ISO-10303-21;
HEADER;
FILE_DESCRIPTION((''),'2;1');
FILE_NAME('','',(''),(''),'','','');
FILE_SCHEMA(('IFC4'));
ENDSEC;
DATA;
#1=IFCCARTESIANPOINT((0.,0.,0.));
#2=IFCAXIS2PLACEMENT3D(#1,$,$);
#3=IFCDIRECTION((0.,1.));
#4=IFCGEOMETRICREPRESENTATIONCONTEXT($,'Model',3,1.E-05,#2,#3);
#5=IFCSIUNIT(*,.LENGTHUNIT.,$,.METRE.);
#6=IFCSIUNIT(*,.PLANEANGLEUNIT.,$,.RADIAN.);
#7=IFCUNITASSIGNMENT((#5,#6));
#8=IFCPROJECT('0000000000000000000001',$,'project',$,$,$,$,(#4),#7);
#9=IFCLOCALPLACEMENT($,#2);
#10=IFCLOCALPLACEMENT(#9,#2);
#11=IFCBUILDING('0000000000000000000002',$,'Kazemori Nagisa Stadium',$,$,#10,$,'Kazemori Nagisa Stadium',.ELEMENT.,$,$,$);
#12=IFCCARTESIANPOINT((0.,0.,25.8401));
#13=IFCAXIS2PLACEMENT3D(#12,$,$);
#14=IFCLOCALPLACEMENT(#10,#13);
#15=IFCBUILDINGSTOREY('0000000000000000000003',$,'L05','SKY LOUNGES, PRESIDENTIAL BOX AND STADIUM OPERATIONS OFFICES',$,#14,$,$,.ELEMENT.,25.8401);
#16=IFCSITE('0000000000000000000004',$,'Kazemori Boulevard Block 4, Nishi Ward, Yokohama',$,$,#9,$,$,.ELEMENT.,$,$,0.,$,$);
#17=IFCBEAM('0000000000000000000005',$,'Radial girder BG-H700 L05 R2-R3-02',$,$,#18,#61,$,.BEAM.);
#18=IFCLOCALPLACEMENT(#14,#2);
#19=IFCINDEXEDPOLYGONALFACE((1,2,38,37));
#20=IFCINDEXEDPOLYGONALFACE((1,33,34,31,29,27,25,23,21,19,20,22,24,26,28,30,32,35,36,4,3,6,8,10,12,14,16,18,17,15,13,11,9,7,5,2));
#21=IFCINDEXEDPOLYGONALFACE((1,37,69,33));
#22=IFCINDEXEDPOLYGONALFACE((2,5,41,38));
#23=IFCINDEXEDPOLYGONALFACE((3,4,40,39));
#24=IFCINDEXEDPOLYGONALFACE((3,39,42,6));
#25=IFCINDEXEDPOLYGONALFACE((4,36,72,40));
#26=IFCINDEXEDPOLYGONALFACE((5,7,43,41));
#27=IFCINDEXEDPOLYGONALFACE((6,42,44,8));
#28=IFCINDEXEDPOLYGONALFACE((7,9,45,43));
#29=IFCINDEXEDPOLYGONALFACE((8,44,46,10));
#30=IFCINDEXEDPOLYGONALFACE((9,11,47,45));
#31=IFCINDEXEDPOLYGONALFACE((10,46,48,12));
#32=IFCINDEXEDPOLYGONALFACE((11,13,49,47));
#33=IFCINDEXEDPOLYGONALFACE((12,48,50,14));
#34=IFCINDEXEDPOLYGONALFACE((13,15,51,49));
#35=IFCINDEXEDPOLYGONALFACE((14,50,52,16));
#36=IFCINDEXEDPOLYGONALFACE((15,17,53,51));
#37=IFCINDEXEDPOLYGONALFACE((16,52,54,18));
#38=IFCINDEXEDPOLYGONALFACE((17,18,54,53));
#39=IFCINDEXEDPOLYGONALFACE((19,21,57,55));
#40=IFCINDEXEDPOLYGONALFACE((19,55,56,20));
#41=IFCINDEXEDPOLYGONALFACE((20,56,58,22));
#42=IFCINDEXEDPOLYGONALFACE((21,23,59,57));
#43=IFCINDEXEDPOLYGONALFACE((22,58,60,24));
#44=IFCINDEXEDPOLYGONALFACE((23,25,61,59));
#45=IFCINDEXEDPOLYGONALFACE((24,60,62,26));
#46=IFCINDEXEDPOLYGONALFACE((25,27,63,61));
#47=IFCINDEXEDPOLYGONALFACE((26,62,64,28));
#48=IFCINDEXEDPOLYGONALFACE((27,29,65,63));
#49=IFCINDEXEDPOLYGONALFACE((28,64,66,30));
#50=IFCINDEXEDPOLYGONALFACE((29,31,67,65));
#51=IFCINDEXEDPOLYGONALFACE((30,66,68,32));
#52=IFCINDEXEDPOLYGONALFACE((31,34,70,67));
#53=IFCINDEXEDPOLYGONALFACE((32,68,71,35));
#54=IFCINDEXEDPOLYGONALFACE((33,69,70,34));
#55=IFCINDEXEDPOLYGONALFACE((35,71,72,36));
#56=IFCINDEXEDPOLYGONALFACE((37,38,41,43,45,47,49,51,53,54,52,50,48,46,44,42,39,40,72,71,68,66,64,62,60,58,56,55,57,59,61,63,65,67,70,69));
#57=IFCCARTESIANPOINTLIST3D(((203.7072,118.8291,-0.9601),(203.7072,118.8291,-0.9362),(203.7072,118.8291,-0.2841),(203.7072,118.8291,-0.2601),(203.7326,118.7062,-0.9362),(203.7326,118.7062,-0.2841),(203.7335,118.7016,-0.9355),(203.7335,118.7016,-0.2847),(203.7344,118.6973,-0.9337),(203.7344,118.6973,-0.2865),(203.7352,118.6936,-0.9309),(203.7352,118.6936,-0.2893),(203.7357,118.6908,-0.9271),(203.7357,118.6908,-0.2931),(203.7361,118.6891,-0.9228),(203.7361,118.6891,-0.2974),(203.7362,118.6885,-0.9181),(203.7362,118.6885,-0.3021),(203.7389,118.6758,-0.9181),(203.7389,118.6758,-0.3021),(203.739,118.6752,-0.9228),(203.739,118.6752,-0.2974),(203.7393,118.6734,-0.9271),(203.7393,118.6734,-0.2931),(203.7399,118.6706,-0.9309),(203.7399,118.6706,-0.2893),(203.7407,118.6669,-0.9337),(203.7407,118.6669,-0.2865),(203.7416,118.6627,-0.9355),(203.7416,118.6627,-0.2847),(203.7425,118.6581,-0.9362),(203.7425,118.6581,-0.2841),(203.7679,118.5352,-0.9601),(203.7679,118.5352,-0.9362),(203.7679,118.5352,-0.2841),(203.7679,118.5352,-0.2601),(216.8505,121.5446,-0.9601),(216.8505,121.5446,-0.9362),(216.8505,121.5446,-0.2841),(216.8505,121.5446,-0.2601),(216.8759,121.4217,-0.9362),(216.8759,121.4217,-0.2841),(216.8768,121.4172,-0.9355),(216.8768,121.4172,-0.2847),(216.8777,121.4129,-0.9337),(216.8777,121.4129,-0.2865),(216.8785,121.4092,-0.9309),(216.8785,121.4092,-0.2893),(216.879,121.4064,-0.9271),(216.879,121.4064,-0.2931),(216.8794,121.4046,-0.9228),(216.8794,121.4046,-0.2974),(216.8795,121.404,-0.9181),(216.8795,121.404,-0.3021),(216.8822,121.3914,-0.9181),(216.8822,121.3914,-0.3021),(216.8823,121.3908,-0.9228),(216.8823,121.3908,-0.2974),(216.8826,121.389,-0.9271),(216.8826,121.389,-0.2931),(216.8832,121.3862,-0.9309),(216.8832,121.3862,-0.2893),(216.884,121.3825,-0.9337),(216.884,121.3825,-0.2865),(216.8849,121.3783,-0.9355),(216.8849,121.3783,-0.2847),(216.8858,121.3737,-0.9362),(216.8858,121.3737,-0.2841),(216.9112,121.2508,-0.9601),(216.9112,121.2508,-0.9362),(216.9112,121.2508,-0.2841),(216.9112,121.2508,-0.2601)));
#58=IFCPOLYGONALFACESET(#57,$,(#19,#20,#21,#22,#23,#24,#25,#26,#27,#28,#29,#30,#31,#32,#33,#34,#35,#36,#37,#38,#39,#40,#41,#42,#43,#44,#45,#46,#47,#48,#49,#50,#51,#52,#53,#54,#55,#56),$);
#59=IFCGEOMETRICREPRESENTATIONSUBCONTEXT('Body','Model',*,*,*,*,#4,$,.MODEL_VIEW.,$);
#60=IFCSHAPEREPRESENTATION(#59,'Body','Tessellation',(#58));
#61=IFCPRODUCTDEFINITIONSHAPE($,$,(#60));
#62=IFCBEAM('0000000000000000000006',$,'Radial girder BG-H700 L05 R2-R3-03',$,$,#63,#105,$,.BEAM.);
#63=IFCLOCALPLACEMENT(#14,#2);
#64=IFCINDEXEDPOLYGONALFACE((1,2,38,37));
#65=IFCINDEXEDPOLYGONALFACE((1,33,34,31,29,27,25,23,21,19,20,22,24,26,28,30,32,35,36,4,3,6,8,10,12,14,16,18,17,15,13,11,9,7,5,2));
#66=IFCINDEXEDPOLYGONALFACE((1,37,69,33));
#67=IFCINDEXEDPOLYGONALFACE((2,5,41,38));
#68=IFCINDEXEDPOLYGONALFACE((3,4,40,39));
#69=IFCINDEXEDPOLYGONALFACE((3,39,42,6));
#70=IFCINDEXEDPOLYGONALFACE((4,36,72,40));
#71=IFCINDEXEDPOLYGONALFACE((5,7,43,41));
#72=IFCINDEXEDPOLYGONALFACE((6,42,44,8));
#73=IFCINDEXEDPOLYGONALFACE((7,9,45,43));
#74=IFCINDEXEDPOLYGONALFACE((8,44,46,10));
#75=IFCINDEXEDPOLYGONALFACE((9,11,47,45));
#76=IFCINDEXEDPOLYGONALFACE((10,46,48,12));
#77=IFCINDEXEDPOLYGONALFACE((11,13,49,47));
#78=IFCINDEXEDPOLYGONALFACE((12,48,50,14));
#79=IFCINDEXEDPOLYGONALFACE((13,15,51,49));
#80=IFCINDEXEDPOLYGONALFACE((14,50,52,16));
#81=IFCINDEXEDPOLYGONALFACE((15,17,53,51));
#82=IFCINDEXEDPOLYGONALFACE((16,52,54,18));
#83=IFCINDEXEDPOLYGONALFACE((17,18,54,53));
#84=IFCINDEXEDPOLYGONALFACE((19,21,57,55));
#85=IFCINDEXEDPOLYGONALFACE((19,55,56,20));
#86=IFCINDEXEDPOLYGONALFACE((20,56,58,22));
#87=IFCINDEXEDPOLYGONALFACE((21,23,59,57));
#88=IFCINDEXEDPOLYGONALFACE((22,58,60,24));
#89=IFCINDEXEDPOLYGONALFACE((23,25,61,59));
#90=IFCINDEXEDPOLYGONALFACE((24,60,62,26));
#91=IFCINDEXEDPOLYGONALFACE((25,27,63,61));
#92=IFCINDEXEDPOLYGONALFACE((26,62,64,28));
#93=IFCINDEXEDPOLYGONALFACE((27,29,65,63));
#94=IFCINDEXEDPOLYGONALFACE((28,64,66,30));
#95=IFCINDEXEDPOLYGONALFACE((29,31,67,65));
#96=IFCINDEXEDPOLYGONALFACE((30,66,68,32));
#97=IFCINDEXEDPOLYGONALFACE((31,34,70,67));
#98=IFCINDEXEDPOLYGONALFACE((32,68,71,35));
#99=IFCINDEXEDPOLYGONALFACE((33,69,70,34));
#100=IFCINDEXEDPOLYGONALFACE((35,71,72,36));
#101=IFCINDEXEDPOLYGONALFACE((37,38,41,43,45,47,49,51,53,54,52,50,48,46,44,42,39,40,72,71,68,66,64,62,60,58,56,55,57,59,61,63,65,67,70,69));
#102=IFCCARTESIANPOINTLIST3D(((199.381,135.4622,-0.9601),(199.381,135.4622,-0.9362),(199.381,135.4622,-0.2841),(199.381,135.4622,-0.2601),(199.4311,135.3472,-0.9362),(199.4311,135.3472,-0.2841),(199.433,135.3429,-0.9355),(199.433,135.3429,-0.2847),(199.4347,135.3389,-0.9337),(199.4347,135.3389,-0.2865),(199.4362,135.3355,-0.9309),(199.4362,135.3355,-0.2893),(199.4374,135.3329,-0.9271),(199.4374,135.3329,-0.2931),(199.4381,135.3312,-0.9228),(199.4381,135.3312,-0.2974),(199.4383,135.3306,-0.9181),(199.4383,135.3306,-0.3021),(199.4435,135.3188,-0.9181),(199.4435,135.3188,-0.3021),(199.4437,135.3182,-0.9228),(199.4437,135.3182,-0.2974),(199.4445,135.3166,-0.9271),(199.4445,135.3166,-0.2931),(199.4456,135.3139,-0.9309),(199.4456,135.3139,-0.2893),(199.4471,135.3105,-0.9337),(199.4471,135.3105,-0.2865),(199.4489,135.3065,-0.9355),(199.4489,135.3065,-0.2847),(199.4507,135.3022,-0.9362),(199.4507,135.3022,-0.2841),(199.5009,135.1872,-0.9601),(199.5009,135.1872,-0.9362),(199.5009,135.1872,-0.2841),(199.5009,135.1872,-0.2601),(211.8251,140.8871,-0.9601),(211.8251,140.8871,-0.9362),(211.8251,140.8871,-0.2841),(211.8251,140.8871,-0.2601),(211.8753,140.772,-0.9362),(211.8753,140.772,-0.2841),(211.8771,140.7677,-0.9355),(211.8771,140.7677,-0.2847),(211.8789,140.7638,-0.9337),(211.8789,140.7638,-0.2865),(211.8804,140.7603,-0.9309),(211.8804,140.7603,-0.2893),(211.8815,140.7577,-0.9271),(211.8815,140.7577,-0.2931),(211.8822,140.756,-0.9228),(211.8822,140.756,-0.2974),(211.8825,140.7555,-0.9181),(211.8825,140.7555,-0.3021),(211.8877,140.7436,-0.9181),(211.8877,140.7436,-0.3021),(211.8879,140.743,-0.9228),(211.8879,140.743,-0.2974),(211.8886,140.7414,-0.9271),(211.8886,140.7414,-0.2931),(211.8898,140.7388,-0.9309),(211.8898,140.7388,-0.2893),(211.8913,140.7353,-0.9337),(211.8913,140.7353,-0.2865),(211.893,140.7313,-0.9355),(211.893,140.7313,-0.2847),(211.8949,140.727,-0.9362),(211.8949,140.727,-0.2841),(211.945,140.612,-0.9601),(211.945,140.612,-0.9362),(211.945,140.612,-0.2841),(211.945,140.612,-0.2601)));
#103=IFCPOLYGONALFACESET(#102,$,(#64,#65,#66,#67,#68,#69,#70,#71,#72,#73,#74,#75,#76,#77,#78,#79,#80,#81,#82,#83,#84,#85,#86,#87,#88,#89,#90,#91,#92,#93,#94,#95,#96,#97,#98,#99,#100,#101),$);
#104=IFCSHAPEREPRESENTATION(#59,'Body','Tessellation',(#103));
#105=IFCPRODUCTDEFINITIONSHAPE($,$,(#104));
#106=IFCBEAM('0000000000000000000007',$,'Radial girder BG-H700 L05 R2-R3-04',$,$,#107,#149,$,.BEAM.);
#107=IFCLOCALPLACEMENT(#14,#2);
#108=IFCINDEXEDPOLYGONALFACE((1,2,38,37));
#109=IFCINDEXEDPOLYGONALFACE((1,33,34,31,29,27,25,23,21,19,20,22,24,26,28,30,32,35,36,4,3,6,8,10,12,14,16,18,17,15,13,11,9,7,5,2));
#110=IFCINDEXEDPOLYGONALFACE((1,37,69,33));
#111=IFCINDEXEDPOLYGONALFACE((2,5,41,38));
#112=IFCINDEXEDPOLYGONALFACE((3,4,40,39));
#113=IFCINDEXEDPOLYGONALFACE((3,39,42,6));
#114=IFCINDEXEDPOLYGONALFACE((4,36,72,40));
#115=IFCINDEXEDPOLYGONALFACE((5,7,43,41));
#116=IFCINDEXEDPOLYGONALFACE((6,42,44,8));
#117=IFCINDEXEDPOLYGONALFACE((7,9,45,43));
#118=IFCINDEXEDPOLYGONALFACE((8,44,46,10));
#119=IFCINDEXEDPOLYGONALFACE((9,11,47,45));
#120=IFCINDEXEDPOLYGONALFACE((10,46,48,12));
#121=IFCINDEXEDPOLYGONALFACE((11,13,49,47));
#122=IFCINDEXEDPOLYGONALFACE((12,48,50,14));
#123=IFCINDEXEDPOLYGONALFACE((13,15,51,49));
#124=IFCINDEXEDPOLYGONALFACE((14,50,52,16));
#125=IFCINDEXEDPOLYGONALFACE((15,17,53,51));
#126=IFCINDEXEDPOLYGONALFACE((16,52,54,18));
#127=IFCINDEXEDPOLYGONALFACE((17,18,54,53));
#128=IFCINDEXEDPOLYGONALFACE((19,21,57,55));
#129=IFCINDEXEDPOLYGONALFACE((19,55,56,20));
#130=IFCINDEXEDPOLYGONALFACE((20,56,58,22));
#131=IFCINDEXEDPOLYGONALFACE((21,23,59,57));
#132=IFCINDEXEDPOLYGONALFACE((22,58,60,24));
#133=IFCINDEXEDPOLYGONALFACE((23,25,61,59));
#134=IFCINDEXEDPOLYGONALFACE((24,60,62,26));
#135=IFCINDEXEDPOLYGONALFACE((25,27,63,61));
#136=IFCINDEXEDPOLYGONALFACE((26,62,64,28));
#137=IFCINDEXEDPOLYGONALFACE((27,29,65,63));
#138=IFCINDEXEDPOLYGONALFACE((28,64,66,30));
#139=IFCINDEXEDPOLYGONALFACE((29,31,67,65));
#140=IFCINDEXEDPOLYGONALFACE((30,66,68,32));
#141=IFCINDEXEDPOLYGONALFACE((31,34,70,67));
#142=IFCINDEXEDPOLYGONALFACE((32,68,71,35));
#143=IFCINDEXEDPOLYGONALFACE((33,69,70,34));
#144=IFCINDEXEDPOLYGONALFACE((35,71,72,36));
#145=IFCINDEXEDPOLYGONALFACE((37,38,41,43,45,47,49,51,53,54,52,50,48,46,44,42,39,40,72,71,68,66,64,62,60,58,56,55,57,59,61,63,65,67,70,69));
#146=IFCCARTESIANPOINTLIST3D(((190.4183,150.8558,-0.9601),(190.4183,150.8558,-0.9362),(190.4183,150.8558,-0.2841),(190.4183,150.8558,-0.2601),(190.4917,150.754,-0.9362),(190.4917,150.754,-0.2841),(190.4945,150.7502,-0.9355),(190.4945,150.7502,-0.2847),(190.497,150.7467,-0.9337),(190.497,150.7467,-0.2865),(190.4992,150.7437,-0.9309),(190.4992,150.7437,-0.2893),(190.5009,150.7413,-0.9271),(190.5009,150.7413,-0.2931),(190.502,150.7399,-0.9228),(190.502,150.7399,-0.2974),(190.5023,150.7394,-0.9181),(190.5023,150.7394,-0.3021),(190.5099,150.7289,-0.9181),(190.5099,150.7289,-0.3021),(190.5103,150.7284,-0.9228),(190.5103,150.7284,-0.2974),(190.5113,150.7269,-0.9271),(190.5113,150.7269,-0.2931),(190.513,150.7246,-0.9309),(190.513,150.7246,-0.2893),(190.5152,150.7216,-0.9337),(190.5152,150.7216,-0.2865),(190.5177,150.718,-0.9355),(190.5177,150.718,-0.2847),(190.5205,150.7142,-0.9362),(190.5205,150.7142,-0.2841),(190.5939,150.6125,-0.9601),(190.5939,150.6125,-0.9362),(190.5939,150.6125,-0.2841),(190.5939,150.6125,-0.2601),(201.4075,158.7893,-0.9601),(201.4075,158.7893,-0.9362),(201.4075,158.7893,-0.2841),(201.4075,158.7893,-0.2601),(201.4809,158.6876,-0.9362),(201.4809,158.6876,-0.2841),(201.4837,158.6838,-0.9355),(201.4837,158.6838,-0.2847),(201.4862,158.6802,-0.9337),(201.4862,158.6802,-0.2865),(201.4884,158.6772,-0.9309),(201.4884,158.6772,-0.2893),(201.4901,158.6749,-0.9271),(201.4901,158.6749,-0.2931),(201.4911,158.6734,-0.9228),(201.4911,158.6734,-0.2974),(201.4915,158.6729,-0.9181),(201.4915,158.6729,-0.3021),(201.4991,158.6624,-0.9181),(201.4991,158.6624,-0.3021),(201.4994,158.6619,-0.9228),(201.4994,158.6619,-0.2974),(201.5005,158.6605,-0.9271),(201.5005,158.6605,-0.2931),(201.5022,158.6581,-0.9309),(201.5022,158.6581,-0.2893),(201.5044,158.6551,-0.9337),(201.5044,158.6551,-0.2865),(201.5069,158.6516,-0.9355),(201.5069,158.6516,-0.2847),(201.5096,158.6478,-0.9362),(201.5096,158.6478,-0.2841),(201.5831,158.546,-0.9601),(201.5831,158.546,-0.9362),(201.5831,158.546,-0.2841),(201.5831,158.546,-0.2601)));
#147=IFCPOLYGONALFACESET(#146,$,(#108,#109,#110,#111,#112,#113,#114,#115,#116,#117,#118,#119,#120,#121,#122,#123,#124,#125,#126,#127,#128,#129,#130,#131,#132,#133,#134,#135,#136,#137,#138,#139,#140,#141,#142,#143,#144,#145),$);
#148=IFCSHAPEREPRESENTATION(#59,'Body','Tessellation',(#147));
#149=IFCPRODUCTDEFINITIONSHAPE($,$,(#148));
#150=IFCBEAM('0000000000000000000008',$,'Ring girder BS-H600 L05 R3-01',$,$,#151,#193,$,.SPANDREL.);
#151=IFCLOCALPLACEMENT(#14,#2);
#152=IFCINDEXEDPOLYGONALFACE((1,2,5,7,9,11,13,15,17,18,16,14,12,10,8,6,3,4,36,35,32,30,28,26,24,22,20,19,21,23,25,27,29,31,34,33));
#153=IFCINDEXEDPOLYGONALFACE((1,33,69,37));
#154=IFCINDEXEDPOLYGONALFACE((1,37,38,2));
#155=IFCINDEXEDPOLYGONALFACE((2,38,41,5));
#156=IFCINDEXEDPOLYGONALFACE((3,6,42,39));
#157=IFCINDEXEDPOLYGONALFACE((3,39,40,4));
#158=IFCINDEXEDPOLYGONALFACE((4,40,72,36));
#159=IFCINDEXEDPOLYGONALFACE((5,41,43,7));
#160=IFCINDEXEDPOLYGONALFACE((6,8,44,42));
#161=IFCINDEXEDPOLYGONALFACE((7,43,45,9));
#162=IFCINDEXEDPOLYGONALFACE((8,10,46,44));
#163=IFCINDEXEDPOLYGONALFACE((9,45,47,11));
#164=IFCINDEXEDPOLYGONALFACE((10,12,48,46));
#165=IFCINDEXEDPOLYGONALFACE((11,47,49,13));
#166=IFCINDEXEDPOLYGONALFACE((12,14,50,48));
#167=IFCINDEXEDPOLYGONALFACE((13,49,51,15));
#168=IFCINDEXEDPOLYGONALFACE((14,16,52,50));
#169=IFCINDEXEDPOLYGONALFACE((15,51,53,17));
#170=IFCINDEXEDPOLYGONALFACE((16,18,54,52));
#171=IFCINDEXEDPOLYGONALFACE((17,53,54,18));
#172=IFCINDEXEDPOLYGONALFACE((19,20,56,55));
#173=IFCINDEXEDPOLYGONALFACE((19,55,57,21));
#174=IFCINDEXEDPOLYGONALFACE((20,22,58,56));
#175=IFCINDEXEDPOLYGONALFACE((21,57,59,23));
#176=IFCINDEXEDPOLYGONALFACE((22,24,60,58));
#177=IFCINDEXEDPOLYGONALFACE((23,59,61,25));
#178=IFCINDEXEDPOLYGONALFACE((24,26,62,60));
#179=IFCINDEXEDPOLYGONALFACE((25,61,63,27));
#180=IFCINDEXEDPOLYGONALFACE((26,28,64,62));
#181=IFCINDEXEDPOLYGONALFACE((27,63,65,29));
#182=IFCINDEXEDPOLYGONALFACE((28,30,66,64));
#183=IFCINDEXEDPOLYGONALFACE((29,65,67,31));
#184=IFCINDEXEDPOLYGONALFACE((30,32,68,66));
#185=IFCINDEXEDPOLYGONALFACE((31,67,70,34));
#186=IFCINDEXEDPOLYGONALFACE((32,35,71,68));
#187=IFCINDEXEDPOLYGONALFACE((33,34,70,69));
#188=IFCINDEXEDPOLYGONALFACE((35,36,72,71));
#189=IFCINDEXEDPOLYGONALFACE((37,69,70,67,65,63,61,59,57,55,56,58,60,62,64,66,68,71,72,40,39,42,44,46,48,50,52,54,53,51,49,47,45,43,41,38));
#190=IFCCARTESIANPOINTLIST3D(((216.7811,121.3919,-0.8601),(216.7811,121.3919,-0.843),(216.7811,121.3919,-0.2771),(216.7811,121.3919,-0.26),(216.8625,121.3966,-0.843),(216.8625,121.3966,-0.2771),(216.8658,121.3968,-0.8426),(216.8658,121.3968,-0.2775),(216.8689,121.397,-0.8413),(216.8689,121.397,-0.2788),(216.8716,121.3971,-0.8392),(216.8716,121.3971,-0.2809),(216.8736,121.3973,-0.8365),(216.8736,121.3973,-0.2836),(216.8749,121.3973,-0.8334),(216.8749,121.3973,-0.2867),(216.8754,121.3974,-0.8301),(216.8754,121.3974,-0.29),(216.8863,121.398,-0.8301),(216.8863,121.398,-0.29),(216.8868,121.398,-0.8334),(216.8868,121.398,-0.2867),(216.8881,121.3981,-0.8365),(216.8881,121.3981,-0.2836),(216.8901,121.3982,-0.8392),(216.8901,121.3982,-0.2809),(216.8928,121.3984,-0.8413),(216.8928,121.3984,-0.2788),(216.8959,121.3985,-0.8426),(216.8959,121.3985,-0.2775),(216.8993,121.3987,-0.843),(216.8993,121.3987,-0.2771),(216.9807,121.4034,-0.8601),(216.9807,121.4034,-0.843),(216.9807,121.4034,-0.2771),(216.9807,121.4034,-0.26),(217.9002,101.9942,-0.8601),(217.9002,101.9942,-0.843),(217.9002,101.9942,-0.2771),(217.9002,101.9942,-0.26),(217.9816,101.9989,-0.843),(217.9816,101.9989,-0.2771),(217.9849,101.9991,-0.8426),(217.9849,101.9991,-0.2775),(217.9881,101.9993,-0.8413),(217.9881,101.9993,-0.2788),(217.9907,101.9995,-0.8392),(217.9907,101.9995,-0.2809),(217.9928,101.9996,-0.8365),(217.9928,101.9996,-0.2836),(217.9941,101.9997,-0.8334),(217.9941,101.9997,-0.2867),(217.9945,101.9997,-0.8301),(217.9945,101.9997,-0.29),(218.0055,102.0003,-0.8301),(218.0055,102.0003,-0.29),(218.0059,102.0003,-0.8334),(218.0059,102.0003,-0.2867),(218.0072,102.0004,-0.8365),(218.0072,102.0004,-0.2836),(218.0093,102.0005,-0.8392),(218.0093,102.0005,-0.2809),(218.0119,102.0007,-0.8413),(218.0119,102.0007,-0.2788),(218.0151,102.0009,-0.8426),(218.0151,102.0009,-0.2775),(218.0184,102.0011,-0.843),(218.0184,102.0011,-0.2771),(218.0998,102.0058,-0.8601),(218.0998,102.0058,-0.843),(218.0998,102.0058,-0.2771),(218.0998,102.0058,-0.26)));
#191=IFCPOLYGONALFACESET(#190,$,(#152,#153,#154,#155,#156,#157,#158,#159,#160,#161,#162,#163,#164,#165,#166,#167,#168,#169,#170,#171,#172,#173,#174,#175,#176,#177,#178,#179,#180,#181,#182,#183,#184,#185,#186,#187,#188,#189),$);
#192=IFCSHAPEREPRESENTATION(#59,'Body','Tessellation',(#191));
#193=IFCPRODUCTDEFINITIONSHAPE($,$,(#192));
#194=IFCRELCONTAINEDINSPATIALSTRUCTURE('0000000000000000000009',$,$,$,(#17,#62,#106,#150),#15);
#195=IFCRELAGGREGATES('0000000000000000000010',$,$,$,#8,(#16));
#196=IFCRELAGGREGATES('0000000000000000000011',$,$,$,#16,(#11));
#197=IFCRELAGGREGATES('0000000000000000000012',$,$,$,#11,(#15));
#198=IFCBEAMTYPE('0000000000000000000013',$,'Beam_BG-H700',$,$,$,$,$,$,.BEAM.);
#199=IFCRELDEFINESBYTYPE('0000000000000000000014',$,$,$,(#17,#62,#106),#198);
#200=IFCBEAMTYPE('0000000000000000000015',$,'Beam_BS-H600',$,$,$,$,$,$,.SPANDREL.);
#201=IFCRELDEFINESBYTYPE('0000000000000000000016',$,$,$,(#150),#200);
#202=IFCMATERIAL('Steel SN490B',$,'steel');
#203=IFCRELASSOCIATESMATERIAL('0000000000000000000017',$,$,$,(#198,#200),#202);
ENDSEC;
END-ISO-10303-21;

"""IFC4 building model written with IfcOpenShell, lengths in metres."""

from ifc_helpers import new_model, si_unit, direction, frame, origin, origin_2d, place, context, subcontext, project, spatial, i_section, extrude, material, material_profile, profile_set, type_object, element, save


model = new_model("IFC4")

# Units and contexts
model_context = context("Model", 3, precision=1e-05, world=origin(), true_north=direction((0.0, 1.0)))
body_context = subcontext(model_context, "Body", "Model", "MODEL_VIEW")
ifc_project = project(units=[si_unit("LENGTHUNIT", "METRE"), si_unit("PLANEANGLEUNIT", "RADIAN")], contexts=[model_context])

# Site, building, storey
site_placement = place(None, origin())
site = spatial("IfcSite", under=ifc_project, at=site_placement, Name="Kazemori Boulevard Block 4, Nishi Ward, Yokohama", CompositionType="ELEMENT", RefElevation=0.0)
building_placement = place(site_placement, origin())
building = spatial("IfcBuilding", under=site, at=building_placement, Name="Kazemori Nagisa Stadium", LongName="Kazemori Nagisa Stadium", CompositionType="ELEMENT")
storey_placement = place(building_placement, frame((0.0, 0.0, 25.8401)))
storey = spatial("IfcBuildingStorey", under=building, at=storey_placement, Name="L05", Description="SKY LOUNGES, PRESIDENTIAL BOX AND STADIUM OPERATIONS OFFICES", CompositionType="ELEMENT", Elevation=25.8401)

# Beams
ifc_material_1 = material(Name="Steel SN490B", Category="steel")
ifc_material_profile_1 = material_profile(ifc_material_1, i_section(OverallWidth=0.3, OverallDepth=0.7, WebThickness=0.0129, FlangeThickness=0.0239, FilletRadius=0.0181, at=origin_2d()), Name="H-700x300x13x24")
ifc_profile_set_1 = profile_set([ifc_material_profile_1], Name="Steel SN490B")
beam_type_1 = type_object("IfcBeamType", Name="Beam_BG-H700", PredefinedType="BEAM", material=ifc_profile_set_1)
beam_1_placement = place(storey_placement, frame((203.7375, 118.6821, -0.6101), z_axis=(0.979316, 0.202339, 0.0), x_axis=(-0.202339, 0.979316, 0.0)))
element("IfcBeam", 1, at=beam_1_placement, inside=storey, type_object=beam_type_1, Name="Radial girder BG-H700 L05 R2-R3-02", PredefinedType="BEAM", context=body_context, shape_type="SweptSolid", body=[
    extrude(i_section(OverallWidth=0.3, OverallDepth=0.7, WebThickness=0.0129, FlangeThickness=0.0239, FilletRadius=0.0181, at=origin_2d()), origin(), (0.0, 0.0, 1.0), 13.4209),
])
beam_2_placement = place(storey_placement, frame((199.4409, 135.3247, -0.6101), z_axis=(0.916684, 0.399614, 0.0), x_axis=(-0.399614, 0.916684, 0.0)))
element("IfcBeam", 2, at=beam_2_placement, inside=storey, type_object=beam_type_1, Name="Radial girder BG-H700 L05 R2-R3-03", PredefinedType="BEAM", context=body_context, shape_type="SweptSolid", body=[
    extrude(i_section(OverallWidth=0.3, OverallDepth=0.7, WebThickness=0.0129, FlangeThickness=0.0239, FilletRadius=0.0181, at=origin_2d()), origin(), (0.0, 0.0, 1.0), 13.5752),
])
beam_3_placement = place(storey_placement, frame((190.5061, 150.7341, -0.6101), z_axis=(0.810788, 0.585341, 0.0), x_axis=(-0.585341, 0.810788, 0.0)))
element("IfcBeam", 3, at=beam_3_placement, inside=storey, type_object=beam_type_1, Name="Radial girder BG-H700 L05 R2-R3-04", PredefinedType="BEAM", context=body_context, shape_type="SweptSolid", body=[
    extrude(i_section(OverallWidth=0.3, OverallDepth=0.7, WebThickness=0.0129, FlangeThickness=0.0239, FilletRadius=0.0181, at=origin_2d()), origin(), (0.0, 0.0, 1.0), 13.5537),
])
ifc_material_profile_2 = material_profile(ifc_material_1, i_section(OverallWidth=0.2, OverallDepth=0.6001, WebThickness=0.011, FlangeThickness=0.0171, FilletRadius=0.0129, at=origin_2d()), Name="H-600x200x11x17")
ifc_profile_set_2 = profile_set([ifc_material_profile_2], Name="Steel SN490B")
beam_type_2 = type_object("IfcBeamType", Name="Beam_BS-H600", PredefinedType="SPANDREL", material=ifc_profile_set_2)
beam_4_placement = place(storey_placement, frame((218.0, 102.0, -0.5601), z_axis=(-0.057599, 0.99834, 0.0), x_axis=(-0.99834, -0.057599, 0.0)))
element("IfcBeam", 4, at=beam_4_placement, inside=storey, type_object=beam_type_2, Name="Ring girder BS-H600 L05 R3-01", PredefinedType="SPANDREL", context=body_context, shape_type="SweptSolid", body=[
    extrude(i_section(OverallWidth=0.2, OverallDepth=0.6001, WebThickness=0.011, FlangeThickness=0.0171, FilletRadius=0.0129, at=origin_2d()), origin(), (0.0, 0.0, 1.0), 19.4299),
])

save(model, "model.ifc")
